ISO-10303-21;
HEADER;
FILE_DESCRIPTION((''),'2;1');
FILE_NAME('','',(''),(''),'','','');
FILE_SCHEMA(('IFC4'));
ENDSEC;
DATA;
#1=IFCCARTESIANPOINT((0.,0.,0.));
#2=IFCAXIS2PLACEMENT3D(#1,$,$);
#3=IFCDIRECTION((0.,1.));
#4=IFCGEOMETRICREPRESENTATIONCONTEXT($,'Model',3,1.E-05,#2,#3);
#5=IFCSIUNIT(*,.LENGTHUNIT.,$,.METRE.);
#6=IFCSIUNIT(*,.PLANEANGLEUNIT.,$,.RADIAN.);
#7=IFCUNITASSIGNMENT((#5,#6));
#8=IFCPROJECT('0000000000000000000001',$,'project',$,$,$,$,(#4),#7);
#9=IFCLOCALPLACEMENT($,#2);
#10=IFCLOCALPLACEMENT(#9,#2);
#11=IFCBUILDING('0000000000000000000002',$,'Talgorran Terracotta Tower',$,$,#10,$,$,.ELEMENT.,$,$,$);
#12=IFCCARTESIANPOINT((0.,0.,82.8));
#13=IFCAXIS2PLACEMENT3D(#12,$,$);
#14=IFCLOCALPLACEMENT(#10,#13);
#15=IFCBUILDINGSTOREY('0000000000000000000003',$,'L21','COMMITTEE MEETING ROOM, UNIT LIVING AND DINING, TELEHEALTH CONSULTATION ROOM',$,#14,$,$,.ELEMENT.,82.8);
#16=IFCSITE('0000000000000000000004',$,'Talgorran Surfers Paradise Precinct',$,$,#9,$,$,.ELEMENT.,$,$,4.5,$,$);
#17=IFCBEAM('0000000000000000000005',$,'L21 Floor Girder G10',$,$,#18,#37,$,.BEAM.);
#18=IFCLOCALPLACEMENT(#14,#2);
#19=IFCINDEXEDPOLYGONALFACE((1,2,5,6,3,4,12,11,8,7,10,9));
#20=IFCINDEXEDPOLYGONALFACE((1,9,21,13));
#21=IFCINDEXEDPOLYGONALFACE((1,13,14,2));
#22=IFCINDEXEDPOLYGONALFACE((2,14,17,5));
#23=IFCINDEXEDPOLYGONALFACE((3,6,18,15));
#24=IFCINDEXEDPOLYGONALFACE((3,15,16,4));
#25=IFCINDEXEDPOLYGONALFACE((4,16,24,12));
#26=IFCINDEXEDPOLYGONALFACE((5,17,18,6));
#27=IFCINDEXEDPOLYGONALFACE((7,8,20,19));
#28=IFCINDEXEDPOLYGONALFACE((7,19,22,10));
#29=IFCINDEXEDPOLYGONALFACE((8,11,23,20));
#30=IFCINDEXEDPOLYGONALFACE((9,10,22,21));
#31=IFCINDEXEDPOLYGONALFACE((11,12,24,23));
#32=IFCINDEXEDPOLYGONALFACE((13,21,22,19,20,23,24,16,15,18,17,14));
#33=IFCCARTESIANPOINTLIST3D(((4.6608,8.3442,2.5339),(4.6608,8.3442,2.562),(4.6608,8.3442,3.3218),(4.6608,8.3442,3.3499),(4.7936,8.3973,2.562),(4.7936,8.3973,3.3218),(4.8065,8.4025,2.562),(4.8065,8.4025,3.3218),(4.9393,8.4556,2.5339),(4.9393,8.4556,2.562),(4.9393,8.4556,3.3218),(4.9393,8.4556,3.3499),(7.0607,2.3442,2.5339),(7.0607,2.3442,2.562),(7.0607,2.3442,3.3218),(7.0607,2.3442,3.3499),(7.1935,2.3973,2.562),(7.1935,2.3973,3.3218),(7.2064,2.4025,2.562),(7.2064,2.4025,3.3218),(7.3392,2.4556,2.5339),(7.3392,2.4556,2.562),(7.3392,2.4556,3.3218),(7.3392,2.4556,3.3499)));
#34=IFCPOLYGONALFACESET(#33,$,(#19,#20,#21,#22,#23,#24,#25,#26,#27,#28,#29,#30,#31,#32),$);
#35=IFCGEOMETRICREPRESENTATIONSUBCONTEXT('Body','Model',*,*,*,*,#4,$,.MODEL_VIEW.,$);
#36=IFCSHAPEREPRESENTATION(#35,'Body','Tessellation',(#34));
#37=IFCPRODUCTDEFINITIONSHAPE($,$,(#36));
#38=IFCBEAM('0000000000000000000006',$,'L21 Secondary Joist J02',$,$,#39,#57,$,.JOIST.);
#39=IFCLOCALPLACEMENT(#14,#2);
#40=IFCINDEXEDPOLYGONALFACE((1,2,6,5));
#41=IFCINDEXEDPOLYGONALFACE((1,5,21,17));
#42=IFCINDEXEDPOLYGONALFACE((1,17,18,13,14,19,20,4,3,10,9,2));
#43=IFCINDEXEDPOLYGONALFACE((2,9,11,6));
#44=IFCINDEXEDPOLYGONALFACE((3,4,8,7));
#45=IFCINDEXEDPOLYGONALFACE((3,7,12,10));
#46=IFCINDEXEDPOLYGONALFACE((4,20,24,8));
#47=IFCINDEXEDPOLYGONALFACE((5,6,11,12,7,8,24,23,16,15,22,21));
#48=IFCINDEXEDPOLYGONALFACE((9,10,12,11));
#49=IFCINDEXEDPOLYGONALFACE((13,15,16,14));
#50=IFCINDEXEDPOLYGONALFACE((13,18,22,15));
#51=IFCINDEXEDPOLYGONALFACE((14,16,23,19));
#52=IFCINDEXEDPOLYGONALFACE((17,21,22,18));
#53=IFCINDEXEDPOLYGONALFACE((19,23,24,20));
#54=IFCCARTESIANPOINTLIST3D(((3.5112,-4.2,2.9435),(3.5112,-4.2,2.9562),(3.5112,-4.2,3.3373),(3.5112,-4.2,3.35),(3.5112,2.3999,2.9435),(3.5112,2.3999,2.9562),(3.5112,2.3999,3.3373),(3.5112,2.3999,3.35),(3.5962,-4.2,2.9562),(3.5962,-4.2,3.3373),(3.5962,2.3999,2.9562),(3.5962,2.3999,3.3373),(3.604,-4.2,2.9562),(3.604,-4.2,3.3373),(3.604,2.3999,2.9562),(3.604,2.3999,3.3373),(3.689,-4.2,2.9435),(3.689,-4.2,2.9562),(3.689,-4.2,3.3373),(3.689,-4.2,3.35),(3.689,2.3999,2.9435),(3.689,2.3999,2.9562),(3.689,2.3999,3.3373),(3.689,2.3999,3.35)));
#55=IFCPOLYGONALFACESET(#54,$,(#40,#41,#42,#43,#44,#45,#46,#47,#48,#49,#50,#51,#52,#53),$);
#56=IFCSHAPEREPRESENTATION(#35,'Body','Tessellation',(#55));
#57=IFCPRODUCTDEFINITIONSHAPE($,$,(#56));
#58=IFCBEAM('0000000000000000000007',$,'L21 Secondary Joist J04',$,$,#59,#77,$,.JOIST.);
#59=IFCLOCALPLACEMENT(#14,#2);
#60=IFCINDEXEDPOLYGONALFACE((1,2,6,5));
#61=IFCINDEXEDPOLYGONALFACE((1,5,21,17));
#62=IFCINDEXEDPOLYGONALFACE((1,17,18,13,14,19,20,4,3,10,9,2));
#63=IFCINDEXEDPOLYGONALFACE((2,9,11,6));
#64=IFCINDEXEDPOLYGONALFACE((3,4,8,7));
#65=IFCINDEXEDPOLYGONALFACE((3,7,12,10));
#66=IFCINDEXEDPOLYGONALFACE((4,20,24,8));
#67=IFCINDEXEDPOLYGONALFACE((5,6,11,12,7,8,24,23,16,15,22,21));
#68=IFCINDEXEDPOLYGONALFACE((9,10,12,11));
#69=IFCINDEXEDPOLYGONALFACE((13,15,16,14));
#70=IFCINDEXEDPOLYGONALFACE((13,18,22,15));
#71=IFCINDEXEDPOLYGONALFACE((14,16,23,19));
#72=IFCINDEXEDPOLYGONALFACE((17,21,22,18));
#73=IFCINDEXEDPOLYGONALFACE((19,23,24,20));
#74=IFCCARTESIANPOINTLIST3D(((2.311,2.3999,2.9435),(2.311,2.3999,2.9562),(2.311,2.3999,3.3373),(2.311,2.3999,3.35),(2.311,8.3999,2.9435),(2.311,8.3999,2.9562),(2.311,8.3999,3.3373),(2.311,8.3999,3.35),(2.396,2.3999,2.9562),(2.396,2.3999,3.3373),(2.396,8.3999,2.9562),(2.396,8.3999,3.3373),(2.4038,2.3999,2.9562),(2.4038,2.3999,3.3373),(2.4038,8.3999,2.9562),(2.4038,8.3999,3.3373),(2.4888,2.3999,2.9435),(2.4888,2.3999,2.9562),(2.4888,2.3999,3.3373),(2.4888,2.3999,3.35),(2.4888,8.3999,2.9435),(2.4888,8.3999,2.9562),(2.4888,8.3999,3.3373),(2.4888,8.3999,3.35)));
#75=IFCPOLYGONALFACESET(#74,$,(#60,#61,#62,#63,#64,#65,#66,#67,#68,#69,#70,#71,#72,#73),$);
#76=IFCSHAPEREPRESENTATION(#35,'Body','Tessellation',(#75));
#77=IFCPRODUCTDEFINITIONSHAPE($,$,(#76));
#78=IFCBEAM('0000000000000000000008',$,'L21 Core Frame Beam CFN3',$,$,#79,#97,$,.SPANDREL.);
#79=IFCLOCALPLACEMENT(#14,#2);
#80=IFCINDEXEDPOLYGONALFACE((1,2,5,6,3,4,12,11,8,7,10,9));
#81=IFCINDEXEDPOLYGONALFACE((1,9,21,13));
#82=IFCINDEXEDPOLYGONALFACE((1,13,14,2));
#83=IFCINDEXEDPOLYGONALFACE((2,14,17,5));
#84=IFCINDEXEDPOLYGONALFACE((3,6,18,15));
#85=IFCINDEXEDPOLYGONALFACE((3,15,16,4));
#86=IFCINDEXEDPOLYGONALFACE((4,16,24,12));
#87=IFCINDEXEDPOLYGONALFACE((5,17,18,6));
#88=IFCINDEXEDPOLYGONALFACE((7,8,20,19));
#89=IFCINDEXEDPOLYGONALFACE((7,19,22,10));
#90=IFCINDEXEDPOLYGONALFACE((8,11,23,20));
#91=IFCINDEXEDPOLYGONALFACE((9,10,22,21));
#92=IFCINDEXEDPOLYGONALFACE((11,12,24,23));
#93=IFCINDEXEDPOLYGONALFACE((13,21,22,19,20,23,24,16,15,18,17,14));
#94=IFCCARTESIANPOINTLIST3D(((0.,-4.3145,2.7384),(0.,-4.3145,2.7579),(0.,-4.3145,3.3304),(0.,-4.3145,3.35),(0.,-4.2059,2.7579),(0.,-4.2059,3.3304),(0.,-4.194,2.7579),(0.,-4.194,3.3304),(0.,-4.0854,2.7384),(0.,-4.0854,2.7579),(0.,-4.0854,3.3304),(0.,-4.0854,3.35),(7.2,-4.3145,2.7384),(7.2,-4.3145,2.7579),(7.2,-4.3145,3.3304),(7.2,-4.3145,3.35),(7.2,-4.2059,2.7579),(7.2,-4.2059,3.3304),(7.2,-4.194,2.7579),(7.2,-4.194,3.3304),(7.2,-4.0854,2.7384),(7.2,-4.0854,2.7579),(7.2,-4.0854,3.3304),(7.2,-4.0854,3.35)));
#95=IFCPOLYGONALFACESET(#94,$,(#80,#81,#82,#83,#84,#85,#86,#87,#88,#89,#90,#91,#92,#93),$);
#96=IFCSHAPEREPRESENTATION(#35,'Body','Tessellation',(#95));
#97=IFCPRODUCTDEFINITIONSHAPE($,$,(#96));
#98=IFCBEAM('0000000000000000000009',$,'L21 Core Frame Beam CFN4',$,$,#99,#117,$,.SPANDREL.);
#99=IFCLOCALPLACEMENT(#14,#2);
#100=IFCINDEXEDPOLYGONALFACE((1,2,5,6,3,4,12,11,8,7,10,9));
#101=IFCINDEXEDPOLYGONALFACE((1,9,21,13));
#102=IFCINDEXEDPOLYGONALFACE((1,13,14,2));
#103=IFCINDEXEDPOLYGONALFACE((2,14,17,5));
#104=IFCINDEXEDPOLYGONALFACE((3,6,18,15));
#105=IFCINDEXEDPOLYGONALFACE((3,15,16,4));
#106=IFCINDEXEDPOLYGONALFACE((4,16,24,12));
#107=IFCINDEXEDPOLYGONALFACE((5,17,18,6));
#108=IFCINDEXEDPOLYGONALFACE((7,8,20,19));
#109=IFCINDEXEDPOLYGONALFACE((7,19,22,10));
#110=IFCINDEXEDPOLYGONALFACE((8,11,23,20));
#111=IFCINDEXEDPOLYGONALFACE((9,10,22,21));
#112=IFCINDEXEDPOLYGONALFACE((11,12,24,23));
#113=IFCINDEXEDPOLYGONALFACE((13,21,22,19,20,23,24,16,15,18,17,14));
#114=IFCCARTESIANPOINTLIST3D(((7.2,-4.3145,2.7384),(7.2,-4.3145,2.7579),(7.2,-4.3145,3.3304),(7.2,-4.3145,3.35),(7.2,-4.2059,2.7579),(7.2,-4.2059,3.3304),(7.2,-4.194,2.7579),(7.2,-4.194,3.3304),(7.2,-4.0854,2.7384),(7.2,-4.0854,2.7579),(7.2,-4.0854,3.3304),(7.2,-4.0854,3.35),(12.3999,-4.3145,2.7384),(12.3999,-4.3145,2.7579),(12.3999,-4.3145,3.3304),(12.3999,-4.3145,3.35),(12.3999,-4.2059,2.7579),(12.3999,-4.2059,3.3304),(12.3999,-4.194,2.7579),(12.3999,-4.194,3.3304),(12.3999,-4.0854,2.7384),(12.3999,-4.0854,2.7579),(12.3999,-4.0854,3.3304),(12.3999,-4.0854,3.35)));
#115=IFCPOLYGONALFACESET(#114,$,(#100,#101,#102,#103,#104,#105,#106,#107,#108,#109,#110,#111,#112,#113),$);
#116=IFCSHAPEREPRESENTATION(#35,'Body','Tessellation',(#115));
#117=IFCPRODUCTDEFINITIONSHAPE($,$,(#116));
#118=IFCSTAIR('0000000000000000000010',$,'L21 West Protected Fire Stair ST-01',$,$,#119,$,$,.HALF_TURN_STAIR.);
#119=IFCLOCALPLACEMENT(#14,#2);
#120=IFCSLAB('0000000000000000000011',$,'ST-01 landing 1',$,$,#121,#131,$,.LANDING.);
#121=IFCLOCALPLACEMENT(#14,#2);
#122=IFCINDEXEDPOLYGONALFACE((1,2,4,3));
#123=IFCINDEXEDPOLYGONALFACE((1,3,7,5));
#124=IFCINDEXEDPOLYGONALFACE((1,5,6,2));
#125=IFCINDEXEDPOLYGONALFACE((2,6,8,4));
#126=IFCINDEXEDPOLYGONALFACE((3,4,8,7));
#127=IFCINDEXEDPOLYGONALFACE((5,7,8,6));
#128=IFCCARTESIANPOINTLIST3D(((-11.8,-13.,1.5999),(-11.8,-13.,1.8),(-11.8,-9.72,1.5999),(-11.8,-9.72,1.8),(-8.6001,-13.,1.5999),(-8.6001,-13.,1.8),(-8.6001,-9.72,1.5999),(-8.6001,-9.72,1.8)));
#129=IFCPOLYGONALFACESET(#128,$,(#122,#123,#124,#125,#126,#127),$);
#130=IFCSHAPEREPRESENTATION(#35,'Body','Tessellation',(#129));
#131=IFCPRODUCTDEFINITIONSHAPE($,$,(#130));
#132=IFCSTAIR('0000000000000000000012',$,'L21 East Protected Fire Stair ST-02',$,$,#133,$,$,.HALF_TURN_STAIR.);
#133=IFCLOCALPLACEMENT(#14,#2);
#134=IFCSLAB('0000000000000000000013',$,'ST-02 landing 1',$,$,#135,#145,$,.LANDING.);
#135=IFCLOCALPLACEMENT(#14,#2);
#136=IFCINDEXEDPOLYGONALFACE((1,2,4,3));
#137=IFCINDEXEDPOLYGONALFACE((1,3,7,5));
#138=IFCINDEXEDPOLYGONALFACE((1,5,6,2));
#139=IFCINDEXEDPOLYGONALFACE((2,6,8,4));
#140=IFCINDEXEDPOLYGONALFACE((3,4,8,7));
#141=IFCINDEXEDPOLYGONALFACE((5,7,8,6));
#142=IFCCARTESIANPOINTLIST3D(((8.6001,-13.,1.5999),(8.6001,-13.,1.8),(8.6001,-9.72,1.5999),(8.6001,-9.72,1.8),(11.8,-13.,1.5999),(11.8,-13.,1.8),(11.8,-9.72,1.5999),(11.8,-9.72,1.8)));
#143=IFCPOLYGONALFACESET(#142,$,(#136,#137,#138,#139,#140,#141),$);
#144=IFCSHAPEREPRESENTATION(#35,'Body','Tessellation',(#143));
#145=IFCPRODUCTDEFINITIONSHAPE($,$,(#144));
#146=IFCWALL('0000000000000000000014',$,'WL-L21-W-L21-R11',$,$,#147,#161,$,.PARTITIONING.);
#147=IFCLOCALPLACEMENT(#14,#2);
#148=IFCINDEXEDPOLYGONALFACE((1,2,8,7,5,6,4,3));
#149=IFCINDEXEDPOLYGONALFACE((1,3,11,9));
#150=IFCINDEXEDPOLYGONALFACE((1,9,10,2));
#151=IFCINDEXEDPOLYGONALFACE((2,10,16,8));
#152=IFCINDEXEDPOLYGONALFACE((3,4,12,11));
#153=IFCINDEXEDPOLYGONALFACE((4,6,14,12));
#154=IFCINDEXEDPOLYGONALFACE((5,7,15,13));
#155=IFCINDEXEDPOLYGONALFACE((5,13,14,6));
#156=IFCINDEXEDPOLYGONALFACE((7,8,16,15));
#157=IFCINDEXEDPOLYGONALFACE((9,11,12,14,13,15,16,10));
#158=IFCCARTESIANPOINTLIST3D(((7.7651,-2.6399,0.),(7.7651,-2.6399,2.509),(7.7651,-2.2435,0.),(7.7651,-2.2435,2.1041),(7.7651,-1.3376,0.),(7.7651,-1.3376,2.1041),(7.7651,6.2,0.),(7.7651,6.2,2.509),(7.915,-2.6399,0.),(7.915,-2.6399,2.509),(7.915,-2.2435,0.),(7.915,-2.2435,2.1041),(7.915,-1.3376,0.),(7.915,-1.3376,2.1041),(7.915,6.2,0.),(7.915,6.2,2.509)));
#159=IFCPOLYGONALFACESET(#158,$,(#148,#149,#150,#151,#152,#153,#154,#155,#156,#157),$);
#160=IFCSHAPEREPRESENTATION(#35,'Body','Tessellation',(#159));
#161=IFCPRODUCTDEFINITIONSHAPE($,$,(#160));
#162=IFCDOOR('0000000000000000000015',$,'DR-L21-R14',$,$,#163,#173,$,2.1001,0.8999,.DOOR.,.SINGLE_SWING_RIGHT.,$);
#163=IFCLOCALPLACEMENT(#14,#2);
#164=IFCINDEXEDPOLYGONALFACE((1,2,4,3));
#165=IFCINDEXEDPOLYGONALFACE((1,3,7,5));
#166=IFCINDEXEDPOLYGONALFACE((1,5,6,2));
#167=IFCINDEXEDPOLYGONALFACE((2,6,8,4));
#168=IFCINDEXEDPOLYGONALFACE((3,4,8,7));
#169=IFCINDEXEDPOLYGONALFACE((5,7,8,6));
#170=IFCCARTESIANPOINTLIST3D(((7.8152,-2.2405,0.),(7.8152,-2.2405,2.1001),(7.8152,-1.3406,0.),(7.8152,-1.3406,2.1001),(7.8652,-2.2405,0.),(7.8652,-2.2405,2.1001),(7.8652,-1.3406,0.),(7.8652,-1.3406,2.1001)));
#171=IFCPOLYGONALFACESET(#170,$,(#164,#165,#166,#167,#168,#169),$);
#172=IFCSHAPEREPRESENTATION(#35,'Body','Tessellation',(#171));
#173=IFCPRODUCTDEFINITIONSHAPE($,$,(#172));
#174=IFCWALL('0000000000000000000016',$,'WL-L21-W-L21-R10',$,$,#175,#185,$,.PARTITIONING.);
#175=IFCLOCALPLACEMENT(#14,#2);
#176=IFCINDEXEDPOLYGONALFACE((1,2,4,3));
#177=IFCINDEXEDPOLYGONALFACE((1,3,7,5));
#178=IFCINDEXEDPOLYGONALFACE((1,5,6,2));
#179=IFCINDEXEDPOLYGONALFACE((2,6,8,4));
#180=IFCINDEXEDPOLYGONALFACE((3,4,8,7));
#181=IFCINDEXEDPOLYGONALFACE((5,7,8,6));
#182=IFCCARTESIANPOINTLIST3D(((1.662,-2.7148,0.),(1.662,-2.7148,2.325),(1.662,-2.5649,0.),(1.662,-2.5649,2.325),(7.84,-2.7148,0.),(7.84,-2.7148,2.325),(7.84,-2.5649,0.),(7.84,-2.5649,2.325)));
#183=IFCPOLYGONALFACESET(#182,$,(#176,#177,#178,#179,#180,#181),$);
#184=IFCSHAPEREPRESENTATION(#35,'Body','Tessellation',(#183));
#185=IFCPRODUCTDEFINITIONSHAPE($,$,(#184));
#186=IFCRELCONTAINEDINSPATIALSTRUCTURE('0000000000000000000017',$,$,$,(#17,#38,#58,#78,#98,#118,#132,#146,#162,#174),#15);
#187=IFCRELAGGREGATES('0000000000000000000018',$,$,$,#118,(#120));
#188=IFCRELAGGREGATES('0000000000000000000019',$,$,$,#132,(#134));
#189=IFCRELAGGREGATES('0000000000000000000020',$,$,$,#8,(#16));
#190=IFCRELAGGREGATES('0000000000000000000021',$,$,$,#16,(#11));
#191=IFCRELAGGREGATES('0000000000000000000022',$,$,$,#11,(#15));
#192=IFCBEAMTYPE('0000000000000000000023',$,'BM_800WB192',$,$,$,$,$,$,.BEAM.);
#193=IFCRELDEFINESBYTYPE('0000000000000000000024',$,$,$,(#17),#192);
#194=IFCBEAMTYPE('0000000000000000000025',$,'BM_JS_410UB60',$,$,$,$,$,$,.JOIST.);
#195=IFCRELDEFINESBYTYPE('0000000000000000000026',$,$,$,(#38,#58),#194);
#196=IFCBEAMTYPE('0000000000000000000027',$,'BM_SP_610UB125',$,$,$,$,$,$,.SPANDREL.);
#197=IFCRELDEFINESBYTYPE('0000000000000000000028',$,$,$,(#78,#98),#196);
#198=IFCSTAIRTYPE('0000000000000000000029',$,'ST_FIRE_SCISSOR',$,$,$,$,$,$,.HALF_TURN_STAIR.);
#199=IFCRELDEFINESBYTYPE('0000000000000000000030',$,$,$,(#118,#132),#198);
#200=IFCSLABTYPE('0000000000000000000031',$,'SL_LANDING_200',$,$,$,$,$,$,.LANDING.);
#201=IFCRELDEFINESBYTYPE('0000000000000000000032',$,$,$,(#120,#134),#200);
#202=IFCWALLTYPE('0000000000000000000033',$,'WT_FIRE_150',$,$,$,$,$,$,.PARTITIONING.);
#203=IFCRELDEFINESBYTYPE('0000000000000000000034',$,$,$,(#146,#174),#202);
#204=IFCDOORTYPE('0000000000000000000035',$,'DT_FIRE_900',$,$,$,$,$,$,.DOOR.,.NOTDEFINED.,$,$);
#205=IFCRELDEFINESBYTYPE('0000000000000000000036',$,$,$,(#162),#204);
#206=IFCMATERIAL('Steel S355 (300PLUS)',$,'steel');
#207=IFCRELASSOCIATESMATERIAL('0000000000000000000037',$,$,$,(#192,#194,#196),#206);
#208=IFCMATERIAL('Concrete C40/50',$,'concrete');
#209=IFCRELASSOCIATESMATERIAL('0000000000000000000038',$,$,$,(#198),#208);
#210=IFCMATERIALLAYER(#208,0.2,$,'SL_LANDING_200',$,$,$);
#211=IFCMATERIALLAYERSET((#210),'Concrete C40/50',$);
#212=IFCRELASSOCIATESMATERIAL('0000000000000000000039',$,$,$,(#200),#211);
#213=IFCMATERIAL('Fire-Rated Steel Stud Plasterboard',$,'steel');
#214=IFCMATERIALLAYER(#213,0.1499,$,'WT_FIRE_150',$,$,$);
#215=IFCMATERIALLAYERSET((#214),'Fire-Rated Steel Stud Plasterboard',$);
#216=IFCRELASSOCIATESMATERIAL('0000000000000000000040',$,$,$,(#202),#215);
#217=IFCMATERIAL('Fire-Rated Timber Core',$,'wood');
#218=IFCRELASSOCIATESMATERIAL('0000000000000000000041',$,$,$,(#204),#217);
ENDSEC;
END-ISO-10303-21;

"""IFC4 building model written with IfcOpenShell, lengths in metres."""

from ifc_helpers import new_model, si_unit, direction, frame, frame_2d, origin, origin_2d, place, context, subcontext, project, spatial, polyline, rectangle, i_section, outline, extrude, material, layer, layer_set, material_profile, profile_set, type_object, element, fill, aggregate, save


model = new_model("IFC4")

# Units and contexts
model_context = context("Model", 3, precision=1e-05, world=origin(), true_north=direction((0.0, 1.0)))
body_context = subcontext(model_context, "Body", "Model", "MODEL_VIEW")
ifc_project = project(units=[si_unit("LENGTHUNIT", "METRE"), si_unit("PLANEANGLEUNIT", "RADIAN")], contexts=[model_context])

# Site, building, storey
site_placement = place(None, origin())
site = spatial("IfcSite", under=ifc_project, at=site_placement, Name="Talgorran Surfers Paradise Precinct", CompositionType="ELEMENT", RefElevation=4.5)
building_placement = place(site_placement, origin())
building = spatial("IfcBuilding", under=site, at=building_placement, Name="Talgorran Terracotta Tower", CompositionType="ELEMENT")
storey_placement = place(building_placement, frame((0.0, 0.0, 82.8)))
storey = spatial("IfcBuildingStorey", under=building, at=storey_placement, Name="L21", Description="COMMITTEE MEETING ROOM, UNIT LIVING AND DINING, TELEHEALTH CONSULTATION ROOM", CompositionType="ELEMENT", Elevation=82.8)

# Shared definitions
ifc_material_1 = material(Name="Steel S355 (300PLUS)", Category="steel")

# Beams
ifc_material_profile_1 = material_profile(ifc_material_1, i_section(OverallWidth=0.3, OverallDepth=0.8159, WebThickness=0.0139, FlangeThickness=0.0281, at=origin_2d()), Name="800WB192")
ifc_profile_set_1 = profile_set([ifc_material_profile_1], Name="Steel S355 (300PLUS)")
beam_type_1 = type_object("IfcBeamType", Name="BM_800WB192", PredefinedType="BEAM", material=ifc_profile_set_1)
beam_1_placement = place(storey_placement, frame((7.2, 2.3999, 2.9419), z_axis=(-0.371378, 0.928482, 0.0), x_axis=(-0.928482, -0.371378, 0.0)))
element("IfcBeam", 1, at=beam_1_placement, inside=storey, type_object=beam_type_1, Name="L21 Floor Girder G10", PredefinedType="BEAM", context=body_context, shape_type="SweptSolid", body=[
    extrude(i_section(OverallWidth=0.3, OverallDepth=0.8159, WebThickness=0.0139, FlangeThickness=0.0281, at=origin_2d()), origin(), (0.0, 0.0, 1.0), 6.4622),
])
ifc_material_profile_2 = material_profile(ifc_material_1, i_section(OverallWidth=0.1777, OverallDepth=0.4065, WebThickness=0.0078, FlangeThickness=0.0127, at=origin_2d()), Name="410UB59.7")
ifc_profile_set_2 = profile_set([ifc_material_profile_2], Name="Steel S355 (300PLUS)")
beam_type_2 = type_object("IfcBeamType", Name="BM_JS_410UB60", PredefinedType="JOIST", material=ifc_profile_set_2)
beam_2_placement = place(storey_placement, frame((3.6001, -4.2, 3.1467), z_axis=(0.0, 1.0, 0.0), x_axis=(-1.0, 0.0, 0.0)))
element("IfcBeam", 2, at=beam_2_placement, inside=storey, type_object=beam_type_2, Name="L21 Secondary Joist J02", PredefinedType="JOIST", context=body_context, shape_type="SweptSolid", body=[
    extrude(i_section(OverallWidth=0.1777, OverallDepth=0.4065, WebThickness=0.0078, FlangeThickness=0.0127, at=origin_2d()), origin(), (0.0, 0.0, 1.0), 6.5999),
])
beam_3_placement = place(storey_placement, frame((2.3999, 2.3999, 3.1467), z_axis=(0.0, 1.0, 0.0), x_axis=(-1.0, 0.0, 0.0)))
element("IfcBeam", 3, at=beam_3_placement, inside=storey, type_object=beam_type_2, Name="L21 Secondary Joist J04", PredefinedType="JOIST", context=body_context, shape_type="SweptSolid", body=[
    extrude(i_section(OverallWidth=0.1777, OverallDepth=0.4065, WebThickness=0.0078, FlangeThickness=0.0127, at=origin_2d()), origin(), (0.0, 0.0, 1.0), 6.0),
])
ifc_material_profile_3 = material_profile(ifc_material_1, i_section(OverallWidth=0.229, OverallDepth=0.6116, WebThickness=0.012, FlangeThickness=0.0195, at=origin_2d()), Name="610UB125")
ifc_profile_set_3 = profile_set([ifc_material_profile_3], Name="Steel S355 (300PLUS)")
beam_type_3 = type_object("IfcBeamType", Name="BM_SP_610UB125", PredefinedType="SPANDREL", material=ifc_profile_set_3)
beam_4_placement = place(storey_placement, frame((0.0, -4.2, 3.0442), z_axis=(1.0, 0.0, 0.0), x_axis=(0.0, 1.0, 0.0)))
element("IfcBeam", 4, at=beam_4_placement, inside=storey, type_object=beam_type_3, Name="L21 Core Frame Beam CFN3", PredefinedType="SPANDREL", context=body_context, shape_type="SweptSolid", body=[
    extrude(i_section(OverallWidth=0.229, OverallDepth=0.6116, WebThickness=0.012, FlangeThickness=0.0195, at=origin_2d()), origin(), (0.0, 0.0, 1.0), 7.2),
])
beam_5_placement = place(storey_placement, frame((7.2, -4.2, 3.0442), z_axis=(1.0, 0.0, 0.0), x_axis=(0.0, 1.0, 0.0)))
element("IfcBeam", 5, at=beam_5_placement, inside=storey, type_object=beam_type_3, Name="L21 Core Frame Beam CFN4", PredefinedType="SPANDREL", context=body_context, shape_type="SweptSolid", body=[
    extrude(i_section(OverallWidth=0.229, OverallDepth=0.6116, WebThickness=0.012, FlangeThickness=0.0195, at=origin_2d()), origin(), (0.0, 0.0, 1.0), 5.2),
])

# Stairs, slabs
ifc_material_2 = material(Name="Concrete C40/50", Category="concrete")
stair_type = type_object("IfcStairType", Name="ST_FIRE_SCISSOR", PredefinedType="HALF_TURN_STAIR", material=ifc_material_2)
stair_1_placement = place(storey_placement, origin())
stair_1 = element("IfcStair", 6, at=stair_1_placement, inside=storey, type_object=stair_type, Name="L21 West Protected Fire Stair ST-01", PredefinedType="HALF_TURN_STAIR")
ifc_layer_1 = layer(ifc_material_2, 0.2, Name="SL_LANDING_200")
ifc_layer_set_1 = layer_set([ifc_layer_1], Name="Concrete C40/50")
slab_type = type_object("IfcSlabType", Name="SL_LANDING_200", PredefinedType="LANDING", material=ifc_layer_set_1)
slab_1_placement = place(storey_placement, frame((0.0, 0.0, 1.5999)))
slab_1 = element("IfcSlab", 7, at=slab_1_placement, type_object=slab_type, Name="ST-01 landing 1", PredefinedType="LANDING", context=body_context, shape_type="SweptSolid", body=[
    extrude(outline(polyline([(-11.8, -9.72), (-11.8, -13.0), (-8.6001, -13.0), (-8.6001, -9.72), (-11.8, -9.72)])), origin(), (0.0, 0.0, 1.0), 0.2002),
])
aggregate(stair_1, [slab_1])
stair_2_placement = place(storey_placement, origin())
stair_2 = element("IfcStair", 8, at=stair_2_placement, inside=storey, type_object=stair_type, Name="L21 East Protected Fire Stair ST-02", PredefinedType="HALF_TURN_STAIR")
slab_2_placement = place(storey_placement, frame((0.0, 0.0, 1.5999)))
slab_2 = element("IfcSlab", 9, at=slab_2_placement, type_object=slab_type, Name="ST-02 landing 1", PredefinedType="LANDING", context=body_context, shape_type="SweptSolid", body=[
    extrude(outline(polyline([(8.6001, -9.72), (8.6001, -13.0), (11.8, -13.0), (11.8, -9.72), (8.6001, -9.72)])), origin(), (0.0, 0.0, 1.0), 0.2002),
])
aggregate(stair_2, [slab_2])

# Wall, opening, door
ifc_material_3 = material(Name="Fire-Rated Steel Stud Plasterboard", Category="steel")
ifc_layer_2 = layer(ifc_material_3, 0.1499, Name="WT_FIRE_150")
ifc_layer_set_2 = layer_set([ifc_layer_2], Name="Fire-Rated Steel Stud Plasterboard")
wall_type_1 = type_object("IfcWallType", Name="WT_FIRE_150", PredefinedType="PARTITIONING", material=ifc_layer_set_2)
wall_1_placement = place(storey_placement, frame((7.8401, -2.6399, 0.0), z_axis=(0.0, 0.0, 1.0), x_axis=(0.0, 1.0, 0.0)))
wall_1 = element("IfcWall", 10, at=wall_1_placement, inside=storey, type_object=wall_type_1, Name="WL-L21-W-L21-R11", PredefinedType="PARTITIONING", context=body_context, shape_type="SweptSolid", body=[
    extrude(rectangle(XDim=8.8398, YDim=0.1499, at=frame_2d((4.4199, 0.0))), origin(), (0.0, 0.0, 1.0), 2.509),
])
opening_placement = place(wall_1_placement, frame((0.3994, 0.0, 0.0)))
opening = element("IfcOpeningElement", 11, at=opening_placement, cuts=wall_1, PredefinedType="OPENING", context=body_context, shape_type="SweptSolid", body=[
    extrude(rectangle(XDim=0.9059, YDim=2.1041, at=frame_2d((0.45, 1.052))), frame((0.0, 0.085, 0.0), z_axis=(0.0, -1.0, 0.0), x_axis=(1.0, 0.0, 0.0)), (0.0, 0.0, 1.0), 0.1699),
])
ifc_material_4 = material(Name="Fire-Rated Timber Core", Category="wood")
door_type = type_object("IfcDoorType", Name="DT_FIRE_900", OperationType="NOTDEFINED", PredefinedType="DOOR", material=ifc_material_4)
door_placement = place(opening_placement, origin())
door = element("IfcDoor", 12, at=door_placement, inside=storey, type_object=door_type, Name="DR-L21-R14", OperationType="SINGLE_SWING_RIGHT", OverallHeight=2.1001, OverallWidth=0.8999, PredefinedType="DOOR", context=body_context, shape_type="SweptSolid", body=[
    extrude(rectangle(XDim=0.8999, YDim=2.1001, at=frame_2d((0.45, 1.05))), frame((0.0, 0.0249, 0.0), z_axis=(0.0, -1.0, 0.0), x_axis=(1.0, 0.0, 0.0)), (0.0, 0.0, 1.0), 0.05),
])
fill(opening, door)

# Wall
wall_2_placement = place(storey_placement, frame((1.6621, -2.6399, 0.0), z_axis=(0.0, 0.0, 1.0), x_axis=(1.0, 0.0, 0.0)))
element("IfcWall", 13, at=wall_2_placement, inside=storey, type_object=wall_type_1, Name="WL-L21-W-L21-R10", PredefinedType="PARTITIONING", context=body_context, shape_type="SweptSolid", body=[
    extrude(rectangle(XDim=6.178, YDim=0.1499, at=frame_2d((3.0889, 0.0))), origin(), (0.0, 0.0, 1.0), 2.325),
])

save(model, "model.ifc")
